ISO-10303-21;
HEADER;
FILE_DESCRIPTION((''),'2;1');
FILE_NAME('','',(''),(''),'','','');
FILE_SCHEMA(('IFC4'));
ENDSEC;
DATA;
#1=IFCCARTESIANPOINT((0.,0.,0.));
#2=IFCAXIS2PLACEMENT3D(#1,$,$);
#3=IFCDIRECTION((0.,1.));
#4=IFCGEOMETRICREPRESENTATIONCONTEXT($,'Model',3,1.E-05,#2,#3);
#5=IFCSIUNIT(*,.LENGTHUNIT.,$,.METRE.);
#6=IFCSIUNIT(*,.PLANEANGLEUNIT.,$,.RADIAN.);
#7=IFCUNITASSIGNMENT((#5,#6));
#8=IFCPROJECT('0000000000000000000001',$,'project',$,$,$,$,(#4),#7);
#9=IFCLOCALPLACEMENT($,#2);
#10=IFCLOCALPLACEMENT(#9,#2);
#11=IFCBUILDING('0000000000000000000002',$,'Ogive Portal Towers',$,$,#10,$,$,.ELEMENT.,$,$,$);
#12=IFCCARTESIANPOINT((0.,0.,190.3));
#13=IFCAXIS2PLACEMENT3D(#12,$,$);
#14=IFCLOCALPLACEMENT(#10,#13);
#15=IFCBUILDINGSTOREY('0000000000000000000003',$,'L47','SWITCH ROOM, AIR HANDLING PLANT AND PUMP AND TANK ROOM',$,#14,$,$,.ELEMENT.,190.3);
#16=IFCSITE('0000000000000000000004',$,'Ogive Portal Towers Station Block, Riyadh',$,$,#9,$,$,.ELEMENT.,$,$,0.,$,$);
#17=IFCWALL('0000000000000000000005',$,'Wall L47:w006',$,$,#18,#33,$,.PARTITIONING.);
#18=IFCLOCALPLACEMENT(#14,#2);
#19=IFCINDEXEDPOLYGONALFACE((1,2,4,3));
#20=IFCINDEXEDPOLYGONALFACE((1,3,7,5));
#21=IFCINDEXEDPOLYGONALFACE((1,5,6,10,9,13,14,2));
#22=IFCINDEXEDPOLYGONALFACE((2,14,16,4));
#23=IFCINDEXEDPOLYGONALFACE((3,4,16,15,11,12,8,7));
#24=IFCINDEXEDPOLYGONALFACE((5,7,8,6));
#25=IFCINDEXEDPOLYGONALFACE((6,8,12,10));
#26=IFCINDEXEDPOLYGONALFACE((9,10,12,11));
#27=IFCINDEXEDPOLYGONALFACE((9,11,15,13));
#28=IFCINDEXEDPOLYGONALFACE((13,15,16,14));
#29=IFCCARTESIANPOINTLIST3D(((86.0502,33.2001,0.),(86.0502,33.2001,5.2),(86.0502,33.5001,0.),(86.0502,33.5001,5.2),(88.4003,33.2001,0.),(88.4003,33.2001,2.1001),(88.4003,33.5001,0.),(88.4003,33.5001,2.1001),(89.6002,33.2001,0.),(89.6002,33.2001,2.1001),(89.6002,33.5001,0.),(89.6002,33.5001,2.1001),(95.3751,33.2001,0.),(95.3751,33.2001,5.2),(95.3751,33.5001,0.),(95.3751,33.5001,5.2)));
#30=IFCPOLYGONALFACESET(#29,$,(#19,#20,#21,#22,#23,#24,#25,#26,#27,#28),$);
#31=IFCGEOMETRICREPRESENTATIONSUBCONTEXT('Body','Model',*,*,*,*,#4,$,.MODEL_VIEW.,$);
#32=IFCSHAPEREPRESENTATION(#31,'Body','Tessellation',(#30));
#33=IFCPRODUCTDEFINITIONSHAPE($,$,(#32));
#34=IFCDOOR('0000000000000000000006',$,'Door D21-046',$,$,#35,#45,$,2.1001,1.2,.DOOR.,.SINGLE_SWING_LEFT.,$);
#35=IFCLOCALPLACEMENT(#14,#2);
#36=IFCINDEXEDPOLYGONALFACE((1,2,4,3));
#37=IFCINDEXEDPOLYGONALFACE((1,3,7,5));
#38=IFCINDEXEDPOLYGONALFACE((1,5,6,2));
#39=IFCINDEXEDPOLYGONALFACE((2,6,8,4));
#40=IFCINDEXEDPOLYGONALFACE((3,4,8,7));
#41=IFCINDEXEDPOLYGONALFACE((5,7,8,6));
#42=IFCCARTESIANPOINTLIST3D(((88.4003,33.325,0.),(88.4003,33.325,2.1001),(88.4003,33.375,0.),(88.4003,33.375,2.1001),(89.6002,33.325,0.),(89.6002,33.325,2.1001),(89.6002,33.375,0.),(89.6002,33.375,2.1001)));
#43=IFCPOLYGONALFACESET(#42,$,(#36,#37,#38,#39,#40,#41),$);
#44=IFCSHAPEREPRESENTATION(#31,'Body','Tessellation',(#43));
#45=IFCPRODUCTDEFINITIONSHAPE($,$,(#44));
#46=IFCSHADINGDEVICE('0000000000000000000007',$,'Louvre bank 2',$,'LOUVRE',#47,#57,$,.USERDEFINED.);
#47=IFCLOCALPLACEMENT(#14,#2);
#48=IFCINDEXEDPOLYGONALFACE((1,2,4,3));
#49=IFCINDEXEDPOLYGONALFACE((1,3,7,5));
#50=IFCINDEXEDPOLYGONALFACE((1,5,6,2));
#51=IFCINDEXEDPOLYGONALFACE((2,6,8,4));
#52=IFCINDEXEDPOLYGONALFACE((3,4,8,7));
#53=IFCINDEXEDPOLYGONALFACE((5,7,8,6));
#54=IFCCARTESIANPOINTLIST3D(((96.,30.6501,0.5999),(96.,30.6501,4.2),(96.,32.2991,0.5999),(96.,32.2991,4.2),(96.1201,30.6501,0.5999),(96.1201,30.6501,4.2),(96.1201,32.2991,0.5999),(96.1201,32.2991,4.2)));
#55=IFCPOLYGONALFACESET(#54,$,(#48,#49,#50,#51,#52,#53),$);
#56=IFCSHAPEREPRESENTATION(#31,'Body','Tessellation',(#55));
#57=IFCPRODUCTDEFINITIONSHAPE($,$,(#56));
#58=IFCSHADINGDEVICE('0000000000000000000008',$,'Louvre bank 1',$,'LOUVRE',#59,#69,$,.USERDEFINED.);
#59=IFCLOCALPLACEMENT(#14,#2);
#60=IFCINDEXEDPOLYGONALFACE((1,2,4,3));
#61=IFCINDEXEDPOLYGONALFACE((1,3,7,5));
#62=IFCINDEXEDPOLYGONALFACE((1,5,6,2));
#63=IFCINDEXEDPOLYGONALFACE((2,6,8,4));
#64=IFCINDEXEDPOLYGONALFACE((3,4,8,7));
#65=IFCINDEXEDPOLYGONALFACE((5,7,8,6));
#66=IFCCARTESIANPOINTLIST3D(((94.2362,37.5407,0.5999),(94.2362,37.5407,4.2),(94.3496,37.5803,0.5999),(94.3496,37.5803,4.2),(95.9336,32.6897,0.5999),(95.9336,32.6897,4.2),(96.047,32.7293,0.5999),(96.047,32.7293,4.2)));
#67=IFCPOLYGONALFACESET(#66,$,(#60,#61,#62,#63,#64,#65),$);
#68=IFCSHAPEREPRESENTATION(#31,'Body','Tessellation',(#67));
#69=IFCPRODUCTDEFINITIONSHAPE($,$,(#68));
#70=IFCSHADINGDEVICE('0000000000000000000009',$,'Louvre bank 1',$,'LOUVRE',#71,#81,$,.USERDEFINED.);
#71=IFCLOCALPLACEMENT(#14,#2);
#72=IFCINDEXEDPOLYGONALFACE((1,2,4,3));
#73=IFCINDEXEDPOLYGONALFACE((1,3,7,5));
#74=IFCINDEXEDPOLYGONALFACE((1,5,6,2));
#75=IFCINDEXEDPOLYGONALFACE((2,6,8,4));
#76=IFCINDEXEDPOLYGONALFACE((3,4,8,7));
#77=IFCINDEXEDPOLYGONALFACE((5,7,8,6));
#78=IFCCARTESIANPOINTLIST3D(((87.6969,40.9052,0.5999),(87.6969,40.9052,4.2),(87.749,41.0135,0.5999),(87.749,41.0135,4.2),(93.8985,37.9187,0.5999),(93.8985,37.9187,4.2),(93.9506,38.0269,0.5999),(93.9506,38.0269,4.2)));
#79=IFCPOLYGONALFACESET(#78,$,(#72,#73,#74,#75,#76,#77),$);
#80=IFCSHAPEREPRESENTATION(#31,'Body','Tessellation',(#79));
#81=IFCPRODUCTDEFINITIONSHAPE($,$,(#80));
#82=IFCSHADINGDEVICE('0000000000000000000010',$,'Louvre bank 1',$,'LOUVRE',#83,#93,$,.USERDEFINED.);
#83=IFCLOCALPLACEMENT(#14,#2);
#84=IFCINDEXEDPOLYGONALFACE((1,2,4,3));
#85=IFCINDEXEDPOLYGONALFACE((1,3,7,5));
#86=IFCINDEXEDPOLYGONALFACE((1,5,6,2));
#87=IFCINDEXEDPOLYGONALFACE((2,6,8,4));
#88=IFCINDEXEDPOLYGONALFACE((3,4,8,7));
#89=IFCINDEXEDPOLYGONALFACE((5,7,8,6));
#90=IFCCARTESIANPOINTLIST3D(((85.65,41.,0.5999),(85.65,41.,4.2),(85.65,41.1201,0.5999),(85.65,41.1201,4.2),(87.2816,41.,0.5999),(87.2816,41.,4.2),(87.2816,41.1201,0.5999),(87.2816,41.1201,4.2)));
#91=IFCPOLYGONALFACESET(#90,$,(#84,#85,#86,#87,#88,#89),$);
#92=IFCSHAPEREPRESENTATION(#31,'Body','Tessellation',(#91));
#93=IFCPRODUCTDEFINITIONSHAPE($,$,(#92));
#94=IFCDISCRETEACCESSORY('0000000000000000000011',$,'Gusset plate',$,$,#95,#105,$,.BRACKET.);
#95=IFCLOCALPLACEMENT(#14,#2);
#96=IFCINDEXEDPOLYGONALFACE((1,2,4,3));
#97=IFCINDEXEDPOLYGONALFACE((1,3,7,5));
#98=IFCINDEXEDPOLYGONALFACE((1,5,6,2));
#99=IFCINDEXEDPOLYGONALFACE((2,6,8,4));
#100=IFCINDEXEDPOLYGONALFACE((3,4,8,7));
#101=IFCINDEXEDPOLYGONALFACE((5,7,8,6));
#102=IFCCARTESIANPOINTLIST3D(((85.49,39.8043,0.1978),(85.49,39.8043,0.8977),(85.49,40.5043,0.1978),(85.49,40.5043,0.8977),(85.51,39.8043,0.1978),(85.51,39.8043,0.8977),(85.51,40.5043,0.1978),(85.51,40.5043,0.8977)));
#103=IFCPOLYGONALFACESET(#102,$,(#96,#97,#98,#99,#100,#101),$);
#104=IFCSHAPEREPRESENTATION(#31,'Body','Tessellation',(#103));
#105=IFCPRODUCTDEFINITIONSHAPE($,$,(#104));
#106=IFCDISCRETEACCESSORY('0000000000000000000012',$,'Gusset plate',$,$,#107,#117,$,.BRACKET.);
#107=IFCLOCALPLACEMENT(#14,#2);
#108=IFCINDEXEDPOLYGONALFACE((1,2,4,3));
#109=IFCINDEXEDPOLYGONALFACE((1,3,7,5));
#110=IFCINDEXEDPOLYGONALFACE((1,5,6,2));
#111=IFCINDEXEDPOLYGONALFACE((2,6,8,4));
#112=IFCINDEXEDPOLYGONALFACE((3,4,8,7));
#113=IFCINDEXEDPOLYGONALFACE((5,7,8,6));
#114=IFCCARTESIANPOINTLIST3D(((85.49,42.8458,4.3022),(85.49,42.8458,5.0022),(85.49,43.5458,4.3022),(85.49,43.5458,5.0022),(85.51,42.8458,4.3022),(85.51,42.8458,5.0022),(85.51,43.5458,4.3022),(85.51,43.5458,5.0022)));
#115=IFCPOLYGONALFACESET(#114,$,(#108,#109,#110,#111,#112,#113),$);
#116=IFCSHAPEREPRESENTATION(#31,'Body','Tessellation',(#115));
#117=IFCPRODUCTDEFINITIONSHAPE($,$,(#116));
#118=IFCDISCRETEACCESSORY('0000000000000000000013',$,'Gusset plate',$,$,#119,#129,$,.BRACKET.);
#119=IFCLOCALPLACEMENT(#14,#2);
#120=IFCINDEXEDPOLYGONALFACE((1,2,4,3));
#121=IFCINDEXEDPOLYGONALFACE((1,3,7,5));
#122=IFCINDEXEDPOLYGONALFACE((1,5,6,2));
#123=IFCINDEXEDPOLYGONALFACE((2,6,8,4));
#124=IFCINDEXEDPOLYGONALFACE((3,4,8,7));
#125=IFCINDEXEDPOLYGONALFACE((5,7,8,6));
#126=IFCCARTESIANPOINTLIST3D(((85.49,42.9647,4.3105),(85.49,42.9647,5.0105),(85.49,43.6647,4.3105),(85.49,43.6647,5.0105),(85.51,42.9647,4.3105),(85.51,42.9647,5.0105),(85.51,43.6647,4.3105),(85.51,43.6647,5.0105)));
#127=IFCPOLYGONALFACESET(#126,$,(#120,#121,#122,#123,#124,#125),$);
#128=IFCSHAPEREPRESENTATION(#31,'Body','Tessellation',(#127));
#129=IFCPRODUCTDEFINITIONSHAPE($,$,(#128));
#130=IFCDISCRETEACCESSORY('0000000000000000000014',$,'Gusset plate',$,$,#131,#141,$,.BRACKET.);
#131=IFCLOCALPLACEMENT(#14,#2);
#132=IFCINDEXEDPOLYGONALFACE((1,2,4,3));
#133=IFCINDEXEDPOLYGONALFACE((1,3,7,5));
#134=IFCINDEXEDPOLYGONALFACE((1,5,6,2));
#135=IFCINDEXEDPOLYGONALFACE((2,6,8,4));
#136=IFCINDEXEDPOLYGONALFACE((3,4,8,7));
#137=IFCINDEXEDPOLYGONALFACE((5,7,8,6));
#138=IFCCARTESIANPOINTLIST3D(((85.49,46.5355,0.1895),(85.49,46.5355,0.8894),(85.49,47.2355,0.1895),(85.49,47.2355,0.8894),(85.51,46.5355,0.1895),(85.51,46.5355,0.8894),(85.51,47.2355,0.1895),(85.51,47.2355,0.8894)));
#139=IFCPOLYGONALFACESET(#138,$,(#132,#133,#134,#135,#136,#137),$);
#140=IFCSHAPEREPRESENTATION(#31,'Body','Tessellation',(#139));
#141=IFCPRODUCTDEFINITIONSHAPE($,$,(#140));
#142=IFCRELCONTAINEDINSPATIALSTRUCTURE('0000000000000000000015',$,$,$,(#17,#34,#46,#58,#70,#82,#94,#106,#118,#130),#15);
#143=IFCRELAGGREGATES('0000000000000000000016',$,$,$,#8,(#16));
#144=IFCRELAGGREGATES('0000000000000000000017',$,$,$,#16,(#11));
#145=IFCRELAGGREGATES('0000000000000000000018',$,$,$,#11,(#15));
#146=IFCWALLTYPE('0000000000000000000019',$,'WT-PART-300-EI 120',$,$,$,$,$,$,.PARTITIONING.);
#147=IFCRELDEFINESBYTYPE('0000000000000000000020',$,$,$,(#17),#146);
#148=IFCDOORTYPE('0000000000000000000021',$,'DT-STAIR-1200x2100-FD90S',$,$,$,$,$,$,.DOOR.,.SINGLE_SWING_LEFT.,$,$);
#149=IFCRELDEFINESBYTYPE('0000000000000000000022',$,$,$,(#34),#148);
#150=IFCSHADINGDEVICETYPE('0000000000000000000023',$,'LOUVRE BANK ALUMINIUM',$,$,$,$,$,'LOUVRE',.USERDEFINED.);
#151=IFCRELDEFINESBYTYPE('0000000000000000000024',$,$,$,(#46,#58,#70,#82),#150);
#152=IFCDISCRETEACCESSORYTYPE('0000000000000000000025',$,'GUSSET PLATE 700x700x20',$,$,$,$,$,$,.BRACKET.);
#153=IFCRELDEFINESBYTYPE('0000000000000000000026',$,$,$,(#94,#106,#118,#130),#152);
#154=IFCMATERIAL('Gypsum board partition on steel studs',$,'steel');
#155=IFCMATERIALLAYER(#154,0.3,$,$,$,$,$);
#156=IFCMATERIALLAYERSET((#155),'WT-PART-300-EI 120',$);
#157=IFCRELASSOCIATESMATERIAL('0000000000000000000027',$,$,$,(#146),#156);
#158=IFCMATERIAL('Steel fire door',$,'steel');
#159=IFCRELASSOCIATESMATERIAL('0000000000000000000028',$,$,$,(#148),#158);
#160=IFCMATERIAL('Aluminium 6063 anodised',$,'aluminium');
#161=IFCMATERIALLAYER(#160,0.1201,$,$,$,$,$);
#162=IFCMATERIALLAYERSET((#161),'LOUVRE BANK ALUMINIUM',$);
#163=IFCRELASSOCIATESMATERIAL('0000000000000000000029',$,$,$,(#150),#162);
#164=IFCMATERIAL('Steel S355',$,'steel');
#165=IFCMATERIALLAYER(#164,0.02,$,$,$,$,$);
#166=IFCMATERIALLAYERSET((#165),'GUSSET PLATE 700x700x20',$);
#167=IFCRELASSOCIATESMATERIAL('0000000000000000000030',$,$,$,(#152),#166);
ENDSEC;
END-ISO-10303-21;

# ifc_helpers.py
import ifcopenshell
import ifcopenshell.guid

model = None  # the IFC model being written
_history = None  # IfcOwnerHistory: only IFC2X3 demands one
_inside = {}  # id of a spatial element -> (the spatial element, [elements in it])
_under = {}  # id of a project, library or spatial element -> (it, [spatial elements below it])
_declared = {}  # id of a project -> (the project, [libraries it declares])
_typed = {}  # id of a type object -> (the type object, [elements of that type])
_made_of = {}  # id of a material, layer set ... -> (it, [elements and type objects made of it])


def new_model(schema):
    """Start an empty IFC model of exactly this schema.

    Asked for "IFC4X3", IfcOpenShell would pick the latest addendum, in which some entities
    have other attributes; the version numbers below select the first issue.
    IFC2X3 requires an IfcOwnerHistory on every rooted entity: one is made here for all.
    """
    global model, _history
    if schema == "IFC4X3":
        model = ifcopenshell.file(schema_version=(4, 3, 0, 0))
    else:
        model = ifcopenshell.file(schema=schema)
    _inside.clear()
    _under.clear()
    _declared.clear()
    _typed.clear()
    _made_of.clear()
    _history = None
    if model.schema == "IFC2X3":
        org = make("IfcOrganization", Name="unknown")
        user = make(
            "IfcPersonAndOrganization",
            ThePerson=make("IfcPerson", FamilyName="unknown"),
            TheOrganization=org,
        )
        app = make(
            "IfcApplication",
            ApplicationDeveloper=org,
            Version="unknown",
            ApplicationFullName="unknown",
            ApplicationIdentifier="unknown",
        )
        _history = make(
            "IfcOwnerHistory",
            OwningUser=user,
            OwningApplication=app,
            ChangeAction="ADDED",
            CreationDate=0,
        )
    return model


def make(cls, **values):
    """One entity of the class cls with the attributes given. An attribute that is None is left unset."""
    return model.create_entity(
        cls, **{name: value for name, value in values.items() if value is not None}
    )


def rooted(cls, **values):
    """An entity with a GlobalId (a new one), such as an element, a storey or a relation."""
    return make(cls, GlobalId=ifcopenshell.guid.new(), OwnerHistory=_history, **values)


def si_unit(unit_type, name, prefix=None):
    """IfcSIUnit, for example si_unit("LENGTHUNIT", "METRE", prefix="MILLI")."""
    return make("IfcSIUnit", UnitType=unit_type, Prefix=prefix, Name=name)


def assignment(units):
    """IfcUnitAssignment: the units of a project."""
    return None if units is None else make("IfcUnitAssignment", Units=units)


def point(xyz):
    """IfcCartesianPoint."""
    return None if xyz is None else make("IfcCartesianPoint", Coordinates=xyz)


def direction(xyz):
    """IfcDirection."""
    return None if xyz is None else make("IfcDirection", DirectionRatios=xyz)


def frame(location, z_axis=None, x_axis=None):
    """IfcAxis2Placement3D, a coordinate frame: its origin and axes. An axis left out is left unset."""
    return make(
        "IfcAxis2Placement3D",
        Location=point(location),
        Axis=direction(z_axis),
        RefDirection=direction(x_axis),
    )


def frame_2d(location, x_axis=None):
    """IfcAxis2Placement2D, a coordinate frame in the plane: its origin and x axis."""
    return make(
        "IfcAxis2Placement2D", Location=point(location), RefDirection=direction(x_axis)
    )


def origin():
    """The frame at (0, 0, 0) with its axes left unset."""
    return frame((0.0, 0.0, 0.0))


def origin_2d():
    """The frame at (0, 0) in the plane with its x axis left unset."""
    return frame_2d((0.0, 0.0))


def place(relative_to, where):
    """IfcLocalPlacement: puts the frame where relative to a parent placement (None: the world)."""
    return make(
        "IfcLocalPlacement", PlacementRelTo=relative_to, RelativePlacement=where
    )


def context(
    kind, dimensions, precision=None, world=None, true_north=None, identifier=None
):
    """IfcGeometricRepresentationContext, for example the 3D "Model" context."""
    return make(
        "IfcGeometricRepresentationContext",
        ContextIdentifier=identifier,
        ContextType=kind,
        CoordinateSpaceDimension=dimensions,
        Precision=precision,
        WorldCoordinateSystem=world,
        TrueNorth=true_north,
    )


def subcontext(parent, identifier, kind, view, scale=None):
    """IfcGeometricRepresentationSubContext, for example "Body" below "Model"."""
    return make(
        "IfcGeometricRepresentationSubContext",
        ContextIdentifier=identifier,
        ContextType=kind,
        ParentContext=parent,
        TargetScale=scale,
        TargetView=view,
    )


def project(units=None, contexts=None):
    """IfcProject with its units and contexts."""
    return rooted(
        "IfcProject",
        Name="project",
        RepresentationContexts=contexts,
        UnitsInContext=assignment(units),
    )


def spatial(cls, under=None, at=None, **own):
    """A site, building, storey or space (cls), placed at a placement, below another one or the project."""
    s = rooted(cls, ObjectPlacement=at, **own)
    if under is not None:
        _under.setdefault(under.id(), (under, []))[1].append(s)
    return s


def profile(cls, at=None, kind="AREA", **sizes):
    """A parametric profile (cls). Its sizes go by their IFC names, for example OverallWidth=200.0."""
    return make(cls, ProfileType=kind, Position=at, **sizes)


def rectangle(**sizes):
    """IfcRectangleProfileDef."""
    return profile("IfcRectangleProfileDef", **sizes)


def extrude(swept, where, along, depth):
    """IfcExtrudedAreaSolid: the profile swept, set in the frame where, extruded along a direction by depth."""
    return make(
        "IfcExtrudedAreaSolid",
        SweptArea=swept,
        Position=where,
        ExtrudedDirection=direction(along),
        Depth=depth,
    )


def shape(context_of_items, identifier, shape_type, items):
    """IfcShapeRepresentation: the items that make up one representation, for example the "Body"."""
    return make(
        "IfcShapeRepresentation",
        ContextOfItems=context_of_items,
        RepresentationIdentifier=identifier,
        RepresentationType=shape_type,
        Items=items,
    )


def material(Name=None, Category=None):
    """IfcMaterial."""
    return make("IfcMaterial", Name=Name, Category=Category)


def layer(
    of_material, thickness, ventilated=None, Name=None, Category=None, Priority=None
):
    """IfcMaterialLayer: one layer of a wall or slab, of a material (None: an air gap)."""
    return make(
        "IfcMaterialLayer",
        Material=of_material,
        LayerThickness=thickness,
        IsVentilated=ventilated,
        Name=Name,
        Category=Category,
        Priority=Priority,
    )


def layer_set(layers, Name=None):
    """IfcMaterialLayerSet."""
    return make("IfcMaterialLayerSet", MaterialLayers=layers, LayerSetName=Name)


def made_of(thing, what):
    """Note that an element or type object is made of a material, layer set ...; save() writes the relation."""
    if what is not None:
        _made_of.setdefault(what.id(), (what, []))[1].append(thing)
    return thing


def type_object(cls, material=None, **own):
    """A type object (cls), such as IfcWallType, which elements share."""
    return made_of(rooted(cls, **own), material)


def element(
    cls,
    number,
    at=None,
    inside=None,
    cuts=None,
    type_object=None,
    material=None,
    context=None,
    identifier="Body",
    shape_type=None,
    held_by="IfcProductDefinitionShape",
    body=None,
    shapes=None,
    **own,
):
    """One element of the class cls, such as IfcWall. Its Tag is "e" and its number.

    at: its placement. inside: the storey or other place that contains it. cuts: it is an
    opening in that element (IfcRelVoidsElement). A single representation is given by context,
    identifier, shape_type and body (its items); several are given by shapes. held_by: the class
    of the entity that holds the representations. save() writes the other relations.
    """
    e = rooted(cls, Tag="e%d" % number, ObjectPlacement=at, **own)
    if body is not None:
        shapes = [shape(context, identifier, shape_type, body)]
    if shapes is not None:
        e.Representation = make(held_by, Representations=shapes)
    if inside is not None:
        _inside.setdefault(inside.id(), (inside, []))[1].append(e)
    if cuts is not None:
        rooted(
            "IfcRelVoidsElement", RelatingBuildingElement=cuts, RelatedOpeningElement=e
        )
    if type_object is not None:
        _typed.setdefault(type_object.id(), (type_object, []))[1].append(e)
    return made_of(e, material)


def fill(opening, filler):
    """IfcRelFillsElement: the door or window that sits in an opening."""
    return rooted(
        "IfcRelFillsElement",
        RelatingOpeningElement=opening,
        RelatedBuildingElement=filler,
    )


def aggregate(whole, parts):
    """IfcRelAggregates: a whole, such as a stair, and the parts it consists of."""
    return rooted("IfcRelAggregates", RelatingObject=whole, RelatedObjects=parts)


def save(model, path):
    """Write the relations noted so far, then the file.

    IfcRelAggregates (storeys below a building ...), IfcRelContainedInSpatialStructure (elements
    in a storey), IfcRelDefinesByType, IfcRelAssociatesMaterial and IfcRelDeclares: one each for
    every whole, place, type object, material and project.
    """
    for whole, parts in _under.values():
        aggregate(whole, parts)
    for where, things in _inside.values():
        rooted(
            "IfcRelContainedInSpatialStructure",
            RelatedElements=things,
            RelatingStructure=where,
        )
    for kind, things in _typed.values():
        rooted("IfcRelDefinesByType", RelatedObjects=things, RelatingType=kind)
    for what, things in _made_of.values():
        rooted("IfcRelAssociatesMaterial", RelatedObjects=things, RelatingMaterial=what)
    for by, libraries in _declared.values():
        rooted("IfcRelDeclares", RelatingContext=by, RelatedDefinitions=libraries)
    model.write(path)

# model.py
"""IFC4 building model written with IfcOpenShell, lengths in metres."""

from ifc_helpers import new_model, si_unit, direction, frame, frame_2d, origin, origin_2d, place, context, subcontext, project, spatial, rectangle, extrude, material, layer, layer_set, type_object, element, fill, save


model = new_model("IFC4")

# Units and contexts
model_context = context("Model", 3, precision=1e-05, world=origin(), true_north=direction((0.0, 1.0)))
body_context = subcontext(model_context, "Body", "Model", "MODEL_VIEW")
ifc_project = project(units=[si_unit("LENGTHUNIT", "METRE"), si_unit("PLANEANGLEUNIT", "RADIAN")], contexts=[model_context])

# Site, building, storey
site_placement = place(None, origin())
site = spatial("IfcSite", under=ifc_project, at=site_placement, Name="Ogive Portal Towers Station Block, Riyadh", CompositionType="ELEMENT", RefElevation=0.0)
building_placement = place(site_placement, origin())
building = spatial("IfcBuilding", under=site, at=building_placement, Name="Ogive Portal Towers", CompositionType="ELEMENT")
storey_placement = place(building_placement, frame((0.0, 0.0, 190.3)))
storey = spatial("IfcBuildingStorey", under=building, at=storey_placement, Name="L47", Description="SWITCH ROOM, AIR HANDLING PLANT AND PUMP AND TANK ROOM", CompositionType="ELEMENT", Elevation=190.3)

# Shared definitions
ifc_material_1 = material(Name="Steel S355", Category="steel")

# Wall, opening, door
ifc_material_2 = material(Name="Gypsum board partition on steel studs", Category="steel")
ifc_layer_1 = layer(ifc_material_2, 0.3)
ifc_layer_set_1 = layer_set([ifc_layer_1], Name="WT-PART-300-EI 120")
wall_type_1 = type_object("IfcWallType", Name="WT-PART-300-EI 120", PredefinedType="PARTITIONING", material=ifc_layer_set_1)
wall_1_placement = place(storey_placement, frame((86.05, 33.3501, 0.0), z_axis=(0.0, 0.0, 1.0), x_axis=(1.0, 0.0, 0.0)))
wall_1 = element("IfcWall", 1, at=wall_1_placement, inside=storey, type_object=wall_type_1, Name="Wall L47:w006", PredefinedType="PARTITIONING", context=body_context, shape_type="SweptSolid", body=[
    extrude(rectangle(XDim=9.325, YDim=0.3, at=frame_2d((4.6626, 0.0))), origin(), (0.0, 0.0, 1.0), 5.2),
])
opening_placement = place(wall_1_placement, frame((2.3501, 0.0, 0.0)))
opening = element("IfcOpeningElement", 2, at=opening_placement, cuts=wall_1, PredefinedType="OPENING", context=body_context, shape_type="SweptSolid", body=[
    extrude(rectangle(XDim=1.2, YDim=2.1001, at=frame_2d((0.6001, 1.05))), frame((0.0, 0.1602, 0.0), z_axis=(0.0, -1.0, 0.0), x_axis=(1.0, 0.0, 0.0)), (0.0, 0.0, 1.0), 0.3201),
])
ifc_material_3 = material(Name="Steel fire door", Category="steel")
door_type = type_object("IfcDoorType", Name="DT-STAIR-1200x2100-FD90S", OperationType="SINGLE_SWING_LEFT", PredefinedType="DOOR", material=ifc_material_3)
door_placement = place(opening_placement, origin())
door = element("IfcDoor", 3, at=door_placement, inside=storey, type_object=door_type, Name="Door D21-046", OperationType="SINGLE_SWING_LEFT", OverallHeight=2.1001, OverallWidth=1.2, PredefinedType="DOOR", context=body_context, shape_type="SweptSolid", body=[
    extrude(rectangle(XDim=1.2, YDim=2.1001, at=frame_2d((0.6001, 1.05))), frame((0.0, 0.0249, 0.0), z_axis=(0.0, -1.0, 0.0), x_axis=(1.0, 0.0, 0.0)), (0.0, 0.0, 1.0), 0.05),
])
fill(opening, door)

# Shading devices
ifc_material_4 = material(Name="Aluminium 6063 anodised", Category="aluminium")
ifc_layer_2 = layer(ifc_material_4, 0.1201)
ifc_layer_set_2 = layer_set([ifc_layer_2], Name="LOUVRE BANK ALUMINIUM")
shading_device_type = type_object("IfcShadingDeviceType", Name="LOUVRE BANK ALUMINIUM", ElementType="LOUVRE", PredefinedType="USERDEFINED", material=ifc_layer_set_2)
shading_device_1_placement = place(storey_placement, frame((96.0601, 31.4746, 0.5999), z_axis=(0.0, 0.0, 1.0), x_axis=(0.0, 1.0, 0.0)))
element("IfcShadingDevice", 4, at=shading_device_1_placement, inside=storey, type_object=shading_device_type, Name="Louvre bank 2", ObjectType="LOUVRE", PredefinedType="USERDEFINED", context=body_context, shape_type="SweptSolid", body=[
    extrude(rectangle(XDim=1.6489, YDim=0.1201, at=origin_2d()), origin(), (0.0, 0.0, 1.0), 3.6001),
])
shading_device_2_placement = place(storey_placement, frame((95.1416, 35.135, 0.5999), z_axis=(0.0, 0.0, 1.0), x_axis=(-0.330279, 0.943883, 0.0)))
element("IfcShadingDevice", 5, at=shading_device_2_placement, inside=storey, type_object=shading_device_type, Name="Louvre bank 1", ObjectType="LOUVRE", PredefinedType="USERDEFINED", context=body_context, shape_type="SweptSolid", body=[
    extrude(rectangle(XDim=5.1394, YDim=0.1201, at=origin_2d()), origin(), (0.0, 0.0, 1.0), 3.6001),
])
shading_device_3_placement = place(storey_placement, frame((90.8237, 39.4661, 0.5999), z_axis=(0.0, 0.0, 1.0), x_axis=(-0.900969, 0.433884, 0.0)))
element("IfcShadingDevice", 6, at=shading_device_3_placement, inside=storey, type_object=shading_device_type, Name="Louvre bank 1", ObjectType="LOUVRE", PredefinedType="USERDEFINED", context=body_context, shape_type="SweptSolid", body=[
    extrude(rectangle(XDim=6.8833, YDim=0.1201, at=origin_2d()), origin(), (0.0, 0.0, 1.0), 3.6001),
])
shading_device_4_placement = place(storey_placement, frame((86.4658, 41.0601, 0.5999), z_axis=(0.0, 0.0, 1.0), x_axis=(-1.0, 0.0, 0.0)))
element("IfcShadingDevice", 7, at=shading_device_4_placement, inside=storey, type_object=shading_device_type, Name="Louvre bank 1", ObjectType="LOUVRE", PredefinedType="USERDEFINED", context=body_context, shape_type="SweptSolid", body=[
    extrude(rectangle(XDim=1.6316, YDim=0.1201, at=origin_2d()), origin(), (0.0, 0.0, 1.0), 3.6001),
])

# Discrete accessories
ifc_layer_3 = layer(ifc_material_1, 0.02)
ifc_layer_set_3 = layer_set([ifc_layer_3], Name="GUSSET PLATE 700x700x20")
discrete_accessory_type = type_object("IfcDiscreteAccessoryType", Name="GUSSET PLATE 700x700x20", PredefinedType="BRACKET", material=ifc_layer_set_3)
for number, where, z_axis, x_axis, name in (
    (8, (85.5, 40.1543, 0.1978), (0.0, 0.0, 1.0), (0.0, 1.0, 0.0), "Gusset plate"),
    (9, (85.5, 43.1958, 4.3022), (0.0, 0.0, 1.0), (0.0, 1.0, 0.0), "Gusset plate"),
    (10, (85.5, 43.3147, 4.3105), (0.0, 0.0, 1.0), (0.0, 1.0, 0.0), "Gusset plate"),
    (11, (85.5, 46.8855, 0.1895), (0.0, 0.0, 1.0), (0.0, 1.0, 0.0), "Gusset plate"),
):
    element("IfcDiscreteAccessory", number, at=place(storey_placement, frame(where, z_axis=z_axis, x_axis=x_axis)), inside=storey, type_object=discrete_accessory_type, Name=name, PredefinedType="BRACKET", context=body_context, shape_type="SweptSolid", body=[
        extrude(rectangle(XDim=0.7, YDim=0.02, at=origin_2d()), origin(), (0.0, 0.0, 1.0), 0.7),
    ])

save(model, "model.ifc")
